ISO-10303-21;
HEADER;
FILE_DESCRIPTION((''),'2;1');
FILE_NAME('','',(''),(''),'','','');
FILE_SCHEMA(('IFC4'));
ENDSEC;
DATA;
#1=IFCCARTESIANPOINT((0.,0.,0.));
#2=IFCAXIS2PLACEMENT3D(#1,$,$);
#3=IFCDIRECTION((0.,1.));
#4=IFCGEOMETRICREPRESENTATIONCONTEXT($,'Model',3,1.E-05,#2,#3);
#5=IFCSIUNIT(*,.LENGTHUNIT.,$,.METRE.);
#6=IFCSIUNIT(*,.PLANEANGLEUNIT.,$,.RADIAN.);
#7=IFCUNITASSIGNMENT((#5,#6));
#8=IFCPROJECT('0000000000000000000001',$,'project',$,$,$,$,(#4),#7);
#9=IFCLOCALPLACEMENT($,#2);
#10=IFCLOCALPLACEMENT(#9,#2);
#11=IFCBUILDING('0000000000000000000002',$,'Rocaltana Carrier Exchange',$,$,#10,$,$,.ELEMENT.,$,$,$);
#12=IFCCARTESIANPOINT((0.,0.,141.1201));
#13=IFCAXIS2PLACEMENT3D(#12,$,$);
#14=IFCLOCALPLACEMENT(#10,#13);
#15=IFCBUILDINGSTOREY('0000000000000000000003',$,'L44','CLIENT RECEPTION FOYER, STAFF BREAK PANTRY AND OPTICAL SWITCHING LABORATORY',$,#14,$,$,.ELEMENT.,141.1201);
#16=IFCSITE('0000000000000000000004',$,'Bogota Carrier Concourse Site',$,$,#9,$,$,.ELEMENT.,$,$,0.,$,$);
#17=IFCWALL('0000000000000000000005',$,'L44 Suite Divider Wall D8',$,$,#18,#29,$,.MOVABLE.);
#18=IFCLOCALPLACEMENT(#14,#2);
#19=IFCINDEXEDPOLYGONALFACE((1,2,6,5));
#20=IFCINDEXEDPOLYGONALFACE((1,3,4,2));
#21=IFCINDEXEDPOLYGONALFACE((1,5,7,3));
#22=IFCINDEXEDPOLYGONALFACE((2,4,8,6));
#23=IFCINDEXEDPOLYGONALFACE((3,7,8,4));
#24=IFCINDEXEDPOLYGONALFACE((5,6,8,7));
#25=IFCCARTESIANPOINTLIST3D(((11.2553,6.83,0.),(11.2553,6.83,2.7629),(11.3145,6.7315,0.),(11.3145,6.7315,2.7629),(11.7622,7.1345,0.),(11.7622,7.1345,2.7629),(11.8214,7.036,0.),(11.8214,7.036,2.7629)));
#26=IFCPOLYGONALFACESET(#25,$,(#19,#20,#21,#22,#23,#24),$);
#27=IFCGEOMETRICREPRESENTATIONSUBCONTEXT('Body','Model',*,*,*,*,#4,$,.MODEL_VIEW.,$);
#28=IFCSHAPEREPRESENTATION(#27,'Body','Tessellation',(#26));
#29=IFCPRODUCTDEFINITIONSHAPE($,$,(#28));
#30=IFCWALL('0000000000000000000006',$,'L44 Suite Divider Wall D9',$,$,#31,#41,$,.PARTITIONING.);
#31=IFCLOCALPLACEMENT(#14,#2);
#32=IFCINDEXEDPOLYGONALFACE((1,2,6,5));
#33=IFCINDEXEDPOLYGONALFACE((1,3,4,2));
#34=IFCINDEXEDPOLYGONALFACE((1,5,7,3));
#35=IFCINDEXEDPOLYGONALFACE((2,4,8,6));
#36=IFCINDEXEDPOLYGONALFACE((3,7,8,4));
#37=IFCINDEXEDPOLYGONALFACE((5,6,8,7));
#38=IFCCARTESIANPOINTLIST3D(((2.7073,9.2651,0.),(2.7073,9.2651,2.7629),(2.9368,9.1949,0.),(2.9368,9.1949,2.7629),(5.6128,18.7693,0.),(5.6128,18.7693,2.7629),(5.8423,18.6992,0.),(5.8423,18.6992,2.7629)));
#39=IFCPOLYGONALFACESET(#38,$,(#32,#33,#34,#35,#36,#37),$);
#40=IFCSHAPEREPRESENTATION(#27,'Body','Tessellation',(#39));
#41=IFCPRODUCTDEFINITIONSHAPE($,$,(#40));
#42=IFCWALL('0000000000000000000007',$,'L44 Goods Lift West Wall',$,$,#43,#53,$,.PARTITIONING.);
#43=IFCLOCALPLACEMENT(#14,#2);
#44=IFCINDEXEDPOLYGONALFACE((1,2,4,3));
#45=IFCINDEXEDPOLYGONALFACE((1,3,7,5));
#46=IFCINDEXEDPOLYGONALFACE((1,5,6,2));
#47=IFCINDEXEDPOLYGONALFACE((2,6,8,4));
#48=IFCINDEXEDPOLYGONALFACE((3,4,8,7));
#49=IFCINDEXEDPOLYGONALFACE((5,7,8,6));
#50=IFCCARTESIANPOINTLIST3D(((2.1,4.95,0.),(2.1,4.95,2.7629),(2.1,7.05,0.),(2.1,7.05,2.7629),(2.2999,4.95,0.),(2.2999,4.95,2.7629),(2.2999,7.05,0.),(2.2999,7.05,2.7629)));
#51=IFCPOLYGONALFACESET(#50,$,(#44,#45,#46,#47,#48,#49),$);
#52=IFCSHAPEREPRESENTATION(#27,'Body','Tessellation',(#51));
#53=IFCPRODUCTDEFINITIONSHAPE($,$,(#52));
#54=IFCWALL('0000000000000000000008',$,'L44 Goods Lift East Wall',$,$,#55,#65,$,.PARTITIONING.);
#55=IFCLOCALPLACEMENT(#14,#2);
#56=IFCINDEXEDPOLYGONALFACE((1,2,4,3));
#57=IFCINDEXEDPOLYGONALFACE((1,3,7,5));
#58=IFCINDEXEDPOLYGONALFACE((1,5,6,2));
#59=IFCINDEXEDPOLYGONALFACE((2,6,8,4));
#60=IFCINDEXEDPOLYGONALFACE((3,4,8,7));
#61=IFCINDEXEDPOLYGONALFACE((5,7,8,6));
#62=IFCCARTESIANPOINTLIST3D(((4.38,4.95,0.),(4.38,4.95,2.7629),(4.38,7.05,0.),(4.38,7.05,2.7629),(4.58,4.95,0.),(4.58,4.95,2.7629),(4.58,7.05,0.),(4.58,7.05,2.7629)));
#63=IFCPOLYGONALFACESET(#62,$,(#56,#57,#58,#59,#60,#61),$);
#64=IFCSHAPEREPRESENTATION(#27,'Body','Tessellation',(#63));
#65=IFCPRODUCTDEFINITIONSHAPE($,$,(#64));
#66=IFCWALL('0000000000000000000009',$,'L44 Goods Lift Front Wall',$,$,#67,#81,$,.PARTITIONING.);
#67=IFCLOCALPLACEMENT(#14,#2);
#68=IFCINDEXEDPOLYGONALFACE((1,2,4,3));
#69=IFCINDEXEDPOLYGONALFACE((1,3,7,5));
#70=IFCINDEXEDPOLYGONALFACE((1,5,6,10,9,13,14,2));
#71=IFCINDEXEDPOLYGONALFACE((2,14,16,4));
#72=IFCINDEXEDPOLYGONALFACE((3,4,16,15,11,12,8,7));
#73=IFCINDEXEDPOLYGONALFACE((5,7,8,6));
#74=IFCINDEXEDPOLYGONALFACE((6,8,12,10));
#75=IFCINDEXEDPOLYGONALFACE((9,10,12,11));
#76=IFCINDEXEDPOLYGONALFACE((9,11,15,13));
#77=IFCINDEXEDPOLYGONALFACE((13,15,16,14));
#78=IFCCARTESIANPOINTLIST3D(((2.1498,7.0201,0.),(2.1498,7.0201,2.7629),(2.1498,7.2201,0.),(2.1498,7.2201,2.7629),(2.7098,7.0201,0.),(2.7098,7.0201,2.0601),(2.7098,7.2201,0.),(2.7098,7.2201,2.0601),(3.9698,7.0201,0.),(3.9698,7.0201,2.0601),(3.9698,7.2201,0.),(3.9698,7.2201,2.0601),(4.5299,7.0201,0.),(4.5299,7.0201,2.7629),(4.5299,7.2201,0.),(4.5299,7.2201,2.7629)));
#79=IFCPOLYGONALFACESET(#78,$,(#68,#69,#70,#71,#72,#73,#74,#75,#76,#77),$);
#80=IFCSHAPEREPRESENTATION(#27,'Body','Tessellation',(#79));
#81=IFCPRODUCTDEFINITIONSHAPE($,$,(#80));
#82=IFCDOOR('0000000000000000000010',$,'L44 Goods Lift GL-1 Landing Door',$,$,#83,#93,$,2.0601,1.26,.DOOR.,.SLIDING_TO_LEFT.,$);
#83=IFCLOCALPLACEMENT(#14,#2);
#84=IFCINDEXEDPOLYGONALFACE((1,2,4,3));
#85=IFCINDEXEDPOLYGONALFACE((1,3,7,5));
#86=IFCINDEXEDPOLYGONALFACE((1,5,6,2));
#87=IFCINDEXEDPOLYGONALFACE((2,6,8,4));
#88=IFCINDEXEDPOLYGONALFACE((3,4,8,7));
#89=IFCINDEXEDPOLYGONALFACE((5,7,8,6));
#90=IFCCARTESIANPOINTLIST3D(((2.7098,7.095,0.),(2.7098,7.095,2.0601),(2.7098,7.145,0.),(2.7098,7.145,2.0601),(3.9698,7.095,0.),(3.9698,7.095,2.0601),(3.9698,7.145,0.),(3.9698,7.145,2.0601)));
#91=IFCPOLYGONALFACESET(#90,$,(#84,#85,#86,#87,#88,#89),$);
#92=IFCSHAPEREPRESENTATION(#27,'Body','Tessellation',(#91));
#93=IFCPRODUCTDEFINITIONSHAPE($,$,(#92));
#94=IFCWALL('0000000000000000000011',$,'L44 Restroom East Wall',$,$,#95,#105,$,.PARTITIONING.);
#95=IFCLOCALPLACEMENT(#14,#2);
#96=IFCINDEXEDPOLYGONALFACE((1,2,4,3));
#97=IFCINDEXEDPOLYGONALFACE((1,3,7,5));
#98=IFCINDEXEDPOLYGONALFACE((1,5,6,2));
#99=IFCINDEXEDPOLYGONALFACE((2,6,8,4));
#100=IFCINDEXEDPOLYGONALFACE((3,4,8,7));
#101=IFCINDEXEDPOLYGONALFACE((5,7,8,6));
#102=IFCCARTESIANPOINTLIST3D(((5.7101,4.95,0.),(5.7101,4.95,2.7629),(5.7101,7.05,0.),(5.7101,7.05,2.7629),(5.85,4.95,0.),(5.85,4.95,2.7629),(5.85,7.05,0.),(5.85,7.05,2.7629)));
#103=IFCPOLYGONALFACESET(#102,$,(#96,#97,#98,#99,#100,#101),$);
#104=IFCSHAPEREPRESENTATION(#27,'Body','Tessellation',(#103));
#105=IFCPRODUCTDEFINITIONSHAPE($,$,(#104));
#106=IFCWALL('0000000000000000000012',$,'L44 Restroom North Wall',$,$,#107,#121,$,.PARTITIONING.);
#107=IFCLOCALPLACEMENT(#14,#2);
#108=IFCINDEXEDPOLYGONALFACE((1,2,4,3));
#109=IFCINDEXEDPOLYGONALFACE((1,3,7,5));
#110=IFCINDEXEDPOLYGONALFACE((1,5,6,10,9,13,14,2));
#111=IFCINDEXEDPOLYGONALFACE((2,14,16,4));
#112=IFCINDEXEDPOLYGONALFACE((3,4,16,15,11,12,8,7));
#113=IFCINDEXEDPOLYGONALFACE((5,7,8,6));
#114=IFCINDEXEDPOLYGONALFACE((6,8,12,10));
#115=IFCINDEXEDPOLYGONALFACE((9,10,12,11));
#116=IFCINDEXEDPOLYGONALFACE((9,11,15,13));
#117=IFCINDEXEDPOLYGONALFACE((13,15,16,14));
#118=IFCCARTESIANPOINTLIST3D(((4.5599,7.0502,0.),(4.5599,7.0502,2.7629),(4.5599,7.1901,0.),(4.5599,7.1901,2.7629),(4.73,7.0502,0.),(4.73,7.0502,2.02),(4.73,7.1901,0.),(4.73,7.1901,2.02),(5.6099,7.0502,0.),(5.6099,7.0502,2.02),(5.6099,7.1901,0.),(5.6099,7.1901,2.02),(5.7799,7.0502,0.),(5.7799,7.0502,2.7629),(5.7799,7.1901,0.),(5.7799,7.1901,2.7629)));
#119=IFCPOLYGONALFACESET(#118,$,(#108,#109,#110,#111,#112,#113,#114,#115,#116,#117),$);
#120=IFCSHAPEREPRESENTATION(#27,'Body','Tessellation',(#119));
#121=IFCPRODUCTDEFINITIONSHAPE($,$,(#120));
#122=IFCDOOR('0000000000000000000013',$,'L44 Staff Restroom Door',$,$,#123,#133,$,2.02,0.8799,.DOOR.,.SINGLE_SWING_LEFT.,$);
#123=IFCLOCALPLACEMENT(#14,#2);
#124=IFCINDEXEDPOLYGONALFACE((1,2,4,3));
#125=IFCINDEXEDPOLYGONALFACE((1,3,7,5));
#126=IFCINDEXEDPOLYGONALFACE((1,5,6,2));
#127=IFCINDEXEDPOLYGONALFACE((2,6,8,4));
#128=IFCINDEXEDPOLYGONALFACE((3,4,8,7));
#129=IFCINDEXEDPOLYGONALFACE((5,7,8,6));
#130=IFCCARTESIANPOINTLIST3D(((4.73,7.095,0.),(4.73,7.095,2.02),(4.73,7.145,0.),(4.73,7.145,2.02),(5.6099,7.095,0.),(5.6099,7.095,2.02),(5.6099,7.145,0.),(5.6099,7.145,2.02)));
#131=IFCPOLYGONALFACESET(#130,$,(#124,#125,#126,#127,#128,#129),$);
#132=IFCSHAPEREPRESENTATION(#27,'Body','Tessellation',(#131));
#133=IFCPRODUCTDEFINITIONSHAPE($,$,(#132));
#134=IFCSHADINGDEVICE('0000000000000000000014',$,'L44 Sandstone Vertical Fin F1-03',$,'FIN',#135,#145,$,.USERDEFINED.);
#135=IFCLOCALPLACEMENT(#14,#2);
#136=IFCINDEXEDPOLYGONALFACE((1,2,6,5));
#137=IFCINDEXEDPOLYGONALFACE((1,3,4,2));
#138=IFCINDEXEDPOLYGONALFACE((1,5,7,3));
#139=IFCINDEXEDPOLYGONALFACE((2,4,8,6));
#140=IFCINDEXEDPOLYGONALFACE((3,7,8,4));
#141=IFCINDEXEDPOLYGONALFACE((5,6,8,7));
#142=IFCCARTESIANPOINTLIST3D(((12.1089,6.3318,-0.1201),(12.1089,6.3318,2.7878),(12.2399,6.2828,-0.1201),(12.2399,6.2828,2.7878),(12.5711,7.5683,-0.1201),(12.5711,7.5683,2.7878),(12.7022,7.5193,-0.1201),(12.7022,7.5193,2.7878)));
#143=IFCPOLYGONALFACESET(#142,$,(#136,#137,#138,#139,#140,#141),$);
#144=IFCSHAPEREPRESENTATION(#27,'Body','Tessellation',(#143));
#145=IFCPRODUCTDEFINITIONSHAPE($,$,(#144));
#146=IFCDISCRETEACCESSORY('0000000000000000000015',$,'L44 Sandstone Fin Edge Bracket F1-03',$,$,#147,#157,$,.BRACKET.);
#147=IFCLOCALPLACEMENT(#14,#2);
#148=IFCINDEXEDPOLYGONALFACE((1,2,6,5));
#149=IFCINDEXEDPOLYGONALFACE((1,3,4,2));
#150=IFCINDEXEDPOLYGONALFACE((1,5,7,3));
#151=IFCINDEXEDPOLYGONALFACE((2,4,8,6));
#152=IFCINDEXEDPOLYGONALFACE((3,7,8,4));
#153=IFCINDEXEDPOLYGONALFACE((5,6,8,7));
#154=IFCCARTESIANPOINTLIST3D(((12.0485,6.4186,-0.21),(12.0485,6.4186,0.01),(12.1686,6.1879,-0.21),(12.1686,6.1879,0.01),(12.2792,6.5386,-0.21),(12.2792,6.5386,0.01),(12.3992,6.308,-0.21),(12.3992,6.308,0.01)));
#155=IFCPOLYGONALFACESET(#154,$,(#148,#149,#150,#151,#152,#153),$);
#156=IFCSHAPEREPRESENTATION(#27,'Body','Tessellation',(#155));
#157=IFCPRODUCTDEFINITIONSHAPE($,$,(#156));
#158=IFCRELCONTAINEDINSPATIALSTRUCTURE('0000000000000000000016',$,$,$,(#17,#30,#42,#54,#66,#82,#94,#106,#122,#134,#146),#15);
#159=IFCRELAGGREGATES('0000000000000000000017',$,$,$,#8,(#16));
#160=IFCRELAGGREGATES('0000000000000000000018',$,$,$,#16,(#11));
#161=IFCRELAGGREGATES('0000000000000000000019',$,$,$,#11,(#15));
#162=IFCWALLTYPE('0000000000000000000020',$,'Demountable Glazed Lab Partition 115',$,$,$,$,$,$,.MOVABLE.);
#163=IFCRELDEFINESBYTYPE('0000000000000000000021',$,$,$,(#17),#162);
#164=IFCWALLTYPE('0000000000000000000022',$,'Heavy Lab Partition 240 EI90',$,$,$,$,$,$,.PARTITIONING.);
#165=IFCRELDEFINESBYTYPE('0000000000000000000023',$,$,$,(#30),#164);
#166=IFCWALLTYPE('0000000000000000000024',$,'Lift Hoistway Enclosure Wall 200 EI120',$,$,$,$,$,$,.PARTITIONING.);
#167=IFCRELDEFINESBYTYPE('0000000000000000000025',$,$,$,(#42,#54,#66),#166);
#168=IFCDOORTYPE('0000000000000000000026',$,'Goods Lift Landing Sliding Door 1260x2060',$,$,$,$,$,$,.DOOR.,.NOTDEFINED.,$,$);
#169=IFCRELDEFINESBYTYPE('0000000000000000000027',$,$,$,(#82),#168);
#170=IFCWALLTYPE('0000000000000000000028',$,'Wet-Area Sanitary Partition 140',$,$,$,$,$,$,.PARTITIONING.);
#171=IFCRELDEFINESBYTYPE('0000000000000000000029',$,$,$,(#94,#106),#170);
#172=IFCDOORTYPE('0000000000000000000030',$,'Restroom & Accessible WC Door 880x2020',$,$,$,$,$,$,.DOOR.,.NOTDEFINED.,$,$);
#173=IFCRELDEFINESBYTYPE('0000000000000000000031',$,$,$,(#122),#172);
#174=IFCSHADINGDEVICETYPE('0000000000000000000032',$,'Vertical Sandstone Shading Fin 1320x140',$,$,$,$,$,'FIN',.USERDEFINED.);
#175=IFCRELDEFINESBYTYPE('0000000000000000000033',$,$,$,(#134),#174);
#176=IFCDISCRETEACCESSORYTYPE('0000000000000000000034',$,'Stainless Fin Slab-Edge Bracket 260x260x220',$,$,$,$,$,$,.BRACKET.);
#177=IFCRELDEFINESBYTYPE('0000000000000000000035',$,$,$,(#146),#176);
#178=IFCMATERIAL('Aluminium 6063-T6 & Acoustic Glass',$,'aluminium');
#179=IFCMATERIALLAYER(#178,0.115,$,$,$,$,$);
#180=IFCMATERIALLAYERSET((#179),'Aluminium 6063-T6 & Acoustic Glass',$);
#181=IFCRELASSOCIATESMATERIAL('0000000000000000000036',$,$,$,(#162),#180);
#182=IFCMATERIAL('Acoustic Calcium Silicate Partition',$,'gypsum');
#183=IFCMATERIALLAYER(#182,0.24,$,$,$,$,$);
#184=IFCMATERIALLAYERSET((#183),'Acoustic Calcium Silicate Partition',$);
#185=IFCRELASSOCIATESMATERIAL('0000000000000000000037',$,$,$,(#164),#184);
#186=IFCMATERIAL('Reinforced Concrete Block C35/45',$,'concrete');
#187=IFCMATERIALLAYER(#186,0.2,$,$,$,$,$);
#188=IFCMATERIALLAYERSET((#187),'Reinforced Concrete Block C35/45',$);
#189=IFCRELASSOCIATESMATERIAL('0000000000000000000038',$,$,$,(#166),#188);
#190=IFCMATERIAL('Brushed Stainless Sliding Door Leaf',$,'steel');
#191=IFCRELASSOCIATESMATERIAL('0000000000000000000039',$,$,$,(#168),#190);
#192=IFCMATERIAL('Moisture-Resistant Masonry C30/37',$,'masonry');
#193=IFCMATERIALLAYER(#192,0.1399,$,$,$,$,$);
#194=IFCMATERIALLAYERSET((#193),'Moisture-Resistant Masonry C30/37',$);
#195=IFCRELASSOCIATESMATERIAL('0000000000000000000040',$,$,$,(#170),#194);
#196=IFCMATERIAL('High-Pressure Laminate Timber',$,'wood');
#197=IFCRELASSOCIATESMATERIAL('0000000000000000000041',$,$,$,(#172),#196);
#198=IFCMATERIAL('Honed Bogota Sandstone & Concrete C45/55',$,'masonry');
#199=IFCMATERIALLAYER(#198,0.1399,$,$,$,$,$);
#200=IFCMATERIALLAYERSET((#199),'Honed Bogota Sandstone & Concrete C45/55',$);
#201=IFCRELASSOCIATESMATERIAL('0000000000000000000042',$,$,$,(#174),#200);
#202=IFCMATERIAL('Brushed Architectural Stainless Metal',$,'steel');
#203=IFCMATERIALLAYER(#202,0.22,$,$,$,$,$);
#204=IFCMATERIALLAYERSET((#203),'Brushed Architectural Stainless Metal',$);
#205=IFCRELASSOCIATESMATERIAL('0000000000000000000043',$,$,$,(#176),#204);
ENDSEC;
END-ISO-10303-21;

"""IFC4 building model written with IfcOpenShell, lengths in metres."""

from ifc_helpers import new_model, si_unit, direction, frame, frame_2d, origin, origin_2d, place, context, subcontext, project, spatial, rectangle, extrude, material, layer, layer_set, type_object, element, fill, save


model = new_model("IFC4")

# Units and contexts
model_context = context("Model", 3, precision=1e-05, world=origin(), true_north=direction((0.0, 1.0)))
body_context = subcontext(model_context, "Body", "Model", "MODEL_VIEW")
ifc_project = project(units=[si_unit("LENGTHUNIT", "METRE"), si_unit("PLANEANGLEUNIT", "RADIAN")], contexts=[model_context])

# Site, building, storey
site_placement = place(None, origin())
site = spatial("IfcSite", under=ifc_project, at=site_placement, Name="Bogota Carrier Concourse Site", CompositionType="ELEMENT", RefElevation=0.0)
building_placement = place(site_placement, origin())
building = spatial("IfcBuilding", under=site, at=building_placement, Name="Rocaltana Carrier Exchange", CompositionType="ELEMENT")
storey_placement = place(building_placement, frame((0.0, 0.0, 141.1201)))
storey = spatial("IfcBuildingStorey", under=building, at=storey_placement, Name="L44", Description="CLIENT RECEPTION FOYER, STAFF BREAK PANTRY AND OPTICAL SWITCHING LABORATORY", CompositionType="ELEMENT", Elevation=141.1201)

# Walls
ifc_material_1 = material(Name="Aluminium 6063-T6 & Acoustic Glass", Category="aluminium")
ifc_layer_1 = layer(ifc_material_1, 0.115)
ifc_layer_set_1 = layer_set([ifc_layer_1], Name="Aluminium 6063-T6 & Acoustic Glass")
wall_type_1 = type_object("IfcWallType", Name="Demountable Glazed Lab Partition 115", PredefinedType="MOVABLE", material=ifc_layer_set_1)
wall_1_placement = place(storey_placement, frame((11.2849, 6.7808, 0.0), z_axis=(0.0, 0.0, 1.0), x_axis=(0.857238, 0.514921, 0.0)))
element("IfcWall", 1, at=wall_1_placement, inside=storey, type_object=wall_type_1, Name="L44 Suite Divider Wall D8", PredefinedType="MOVABLE", context=body_context, shape_type="SweptSolid", body=[
    extrude(rectangle(XDim=0.5913, YDim=0.115, at=frame_2d((0.2957, 0.0))), origin(), (0.0, 0.0, 1.0), 2.7629),
])
ifc_material_2 = material(Name="Acoustic Calcium Silicate Partition", Category="gypsum")
ifc_layer_2 = layer(ifc_material_2, 0.24)
ifc_layer_set_2 = layer_set([ifc_layer_2], Name="Acoustic Calcium Silicate Partition")
wall_type_2 = type_object("IfcWallType", Name="Heavy Lab Partition 240 EI90", PredefinedType="PARTITIONING", material=ifc_layer_set_2)
wall_2_placement = place(storey_placement, frame((2.822, 9.23, 0.0), z_axis=(0.0, 0.0, 1.0), x_axis=(0.292354, 0.95631, 0.0)))
element("IfcWall", 2, at=wall_2_placement, inside=storey, type_object=wall_type_2, Name="L44 Suite Divider Wall D9", PredefinedType="PARTITIONING", context=body_context, shape_type="SweptSolid", body=[
    extrude(rectangle(XDim=9.9385, YDim=0.24, at=frame_2d((4.9692, 0.0))), origin(), (0.0, 0.0, 1.0), 2.7629),
])
ifc_material_3 = material(Name="Reinforced Concrete Block C35/45", Category="concrete")
ifc_layer_3 = layer(ifc_material_3, 0.2)
ifc_layer_set_3 = layer_set([ifc_layer_3], Name="Reinforced Concrete Block C35/45")
wall_type_3 = type_object("IfcWallType", Name="Lift Hoistway Enclosure Wall 200 EI120", PredefinedType="PARTITIONING", material=ifc_layer_set_3)
for number, where, z_axis, x_axis, name in (
    (3, (2.2, 4.95, 0.0), (0.0, 0.0, 1.0), (0.0, 1.0, 0.0), "L44 Goods Lift West Wall"),
    (4, (4.48, 4.95, 0.0), (0.0, 0.0, 1.0), (0.0, 1.0, 0.0), "L44 Goods Lift East Wall"),
):
    element("IfcWall", number, at=place(storey_placement, frame(where, z_axis=z_axis, x_axis=x_axis)), inside=storey, type_object=wall_type_3, Name=name, PredefinedType="PARTITIONING", context=body_context, shape_type="SweptSolid", body=[
        extrude(rectangle(XDim=2.1001, YDim=0.2, at=frame_2d((1.05, 0.0))), origin(), (0.0, 0.0, 1.0), 2.7629),
    ])

# Wall, opening, door
wall_3_placement = place(storey_placement, frame((2.1499, 7.1201, 0.0), z_axis=(0.0, 0.0, 1.0), x_axis=(1.0, 0.0, 0.0)))
wall_3 = element("IfcWall", 5, at=wall_3_placement, inside=storey, type_object=wall_type_3, Name="L44 Goods Lift Front Wall", PredefinedType="PARTITIONING", context=body_context, shape_type="SweptSolid", body=[
    extrude(rectangle(XDim=2.3801, YDim=0.2, at=frame_2d((1.1899, 0.0))), origin(), (0.0, 0.0, 1.0), 2.7629),
])
opening_1_placement = place(wall_3_placement, frame((0.5601, 0.0, 0.0)))
opening_1 = element("IfcOpeningElement", 6, at=opening_1_placement, cuts=wall_3, PredefinedType="OPENING", context=body_context, shape_type="SweptSolid", body=[
    extrude(rectangle(XDim=1.26, YDim=2.0601, at=frame_2d((0.6299, 1.03))), frame((0.0, 0.1099, 0.0), z_axis=(0.0, -1.0, 0.0), x_axis=(1.0, 0.0, 0.0)), (0.0, 0.0, 1.0), 0.22),
])
ifc_material_4 = material(Name="Brushed Stainless Sliding Door Leaf", Category="steel")
door_type_1 = type_object("IfcDoorType", Name="Goods Lift Landing Sliding Door 1260x2060", OperationType="NOTDEFINED", PredefinedType="DOOR", material=ifc_material_4)
door_1_placement = place(opening_1_placement, origin())
door_1 = element("IfcDoor", 7, at=door_1_placement, inside=storey, type_object=door_type_1, Name="L44 Goods Lift GL-1 Landing Door", OperationType="SLIDING_TO_LEFT", OverallHeight=2.0601, OverallWidth=1.26, PredefinedType="DOOR", context=body_context, shape_type="SweptSolid", body=[
    extrude(rectangle(XDim=1.26, YDim=2.0601, at=frame_2d((0.6299, 1.03))), frame((0.0, 0.0249, 0.0), z_axis=(0.0, -1.0, 0.0), x_axis=(1.0, 0.0, 0.0)), (0.0, 0.0, 1.0), 0.05),
])
fill(opening_1, door_1)

# Wall
ifc_material_5 = material(Name="Moisture-Resistant Masonry C30/37", Category="masonry")
ifc_layer_4 = layer(ifc_material_5, 0.1399)
ifc_layer_set_4 = layer_set([ifc_layer_4], Name="Moisture-Resistant Masonry C30/37")
wall_type_4 = type_object("IfcWallType", Name="Wet-Area Sanitary Partition 140", PredefinedType="PARTITIONING", material=ifc_layer_set_4)
wall_4_placement = place(storey_placement, frame((5.78, 4.95, 0.0), z_axis=(0.0, 0.0, 1.0), x_axis=(0.0, 1.0, 0.0)))
element("IfcWall", 8, at=wall_4_placement, inside=storey, type_object=wall_type_4, Name="L44 Restroom East Wall", PredefinedType="PARTITIONING", context=body_context, shape_type="SweptSolid", body=[
    extrude(rectangle(XDim=2.1001, YDim=0.1399, at=frame_2d((1.05, 0.0))), origin(), (0.0, 0.0, 1.0), 2.7629),
])

# Wall, opening, door
wall_5_placement = place(storey_placement, frame((4.5601, 7.1201, 0.0), z_axis=(0.0, 0.0, 1.0), x_axis=(1.0, 0.0, 0.0)))
wall_5 = element("IfcWall", 9, at=wall_5_placement, inside=storey, type_object=wall_type_4, Name="L44 Restroom North Wall", PredefinedType="PARTITIONING", context=body_context, shape_type="SweptSolid", body=[
    extrude(rectangle(XDim=1.22, YDim=0.1399, at=frame_2d((0.6099, 0.0))), origin(), (0.0, 0.0, 1.0), 2.7629),
])
opening_2_placement = place(wall_5_placement, frame((0.1699, 0.0, 0.0)))
opening_2 = element("IfcOpeningElement", 10, at=opening_2_placement, cuts=wall_5, PredefinedType="OPENING", context=body_context, shape_type="SweptSolid", body=[
    extrude(rectangle(XDim=0.8799, YDim=2.02, at=frame_2d((0.4399, 1.01))), frame((0.0, 0.0798, 0.0), z_axis=(0.0, -1.0, 0.0), x_axis=(1.0, 0.0, 0.0)), (0.0, 0.0, 1.0), 0.1599),
])
ifc_material_6 = material(Name="High-Pressure Laminate Timber", Category="wood")
door_type_2 = type_object("IfcDoorType", Name="Restroom & Accessible WC Door 880x2020", OperationType="NOTDEFINED", PredefinedType="DOOR", material=ifc_material_6)
door_2_placement = place(opening_2_placement, origin())
door_2 = element("IfcDoor", 11, at=door_2_placement, inside=storey, type_object=door_type_2, Name="L44 Staff Restroom Door", OperationType="SINGLE_SWING_LEFT", OverallHeight=2.02, OverallWidth=0.8799, PredefinedType="DOOR", context=body_context, shape_type="SweptSolid", body=[
    extrude(rectangle(XDim=0.8799, YDim=2.02, at=frame_2d((0.4399, 1.01))), frame((0.0, 0.0249, 0.0), z_axis=(0.0, -1.0, 0.0), x_axis=(1.0, 0.0, 0.0)), (0.0, 0.0, 1.0), 0.05),
])
fill(opening_2, door_2)

# Shading device
ifc_material_7 = material(Name="Honed Bogota Sandstone & Concrete C45/55", Category="masonry")
ifc_layer_5 = layer(ifc_material_7, 0.1399)
ifc_layer_set_5 = layer_set([ifc_layer_5], Name="Honed Bogota Sandstone & Concrete C45/55")
shading_device_type = type_object("IfcShadingDeviceType", Name="Vertical Sandstone Shading Fin 1320x140", ElementType="FIN", PredefinedType="USERDEFINED", material=ifc_layer_set_5)
shading_device_placement = place(storey_placement, frame((12.4055, 6.9255, -0.1201), z_axis=(0.0, 0.0, 1.0), x_axis=(0.350207, 0.936672, 0.0)))
element("IfcShadingDevice", 12, at=shading_device_placement, inside=storey, type_object=shading_device_type, Name="L44 Sandstone Vertical Fin F1-03", ObjectType="FIN", PredefinedType="USERDEFINED", context=body_context, shape_type="SweptSolid", body=[
    extrude(rectangle(XDim=1.3201, YDim=0.1399, at=origin_2d()), origin(), (0.0, 0.0, 1.0), 2.908),
])

# Discrete accessory
ifc_material_8 = material(Name="Brushed Architectural Stainless Metal", Category="steel")
ifc_layer_6 = layer(ifc_material_8, 0.22)
ifc_layer_set_6 = layer_set([ifc_layer_6], Name="Brushed Architectural Stainless Metal")
discrete_accessory_type = type_object("IfcDiscreteAccessoryType", Name="Stainless Fin Slab-Edge Bracket 260x260x220", PredefinedType="BRACKET", material=ifc_layer_set_6)
discrete_accessory_placement = place(storey_placement, frame((12.2239, 6.3633, -0.21), z_axis=(0.0, 0.0, 1.0), x_axis=(-0.461749, 0.887011, 0.0)))
element("IfcDiscreteAccessory", 13, at=discrete_accessory_placement, inside=storey, type_object=discrete_accessory_type, Name="L44 Sandstone Fin Edge Bracket F1-03", PredefinedType="BRACKET", context=body_context, shape_type="SweptSolid", body=[
    extrude(rectangle(XDim=0.26, YDim=0.26, at=origin_2d()), origin(), (0.0, 0.0, 1.0), 0.22),
])

save(model, "model.ifc")
